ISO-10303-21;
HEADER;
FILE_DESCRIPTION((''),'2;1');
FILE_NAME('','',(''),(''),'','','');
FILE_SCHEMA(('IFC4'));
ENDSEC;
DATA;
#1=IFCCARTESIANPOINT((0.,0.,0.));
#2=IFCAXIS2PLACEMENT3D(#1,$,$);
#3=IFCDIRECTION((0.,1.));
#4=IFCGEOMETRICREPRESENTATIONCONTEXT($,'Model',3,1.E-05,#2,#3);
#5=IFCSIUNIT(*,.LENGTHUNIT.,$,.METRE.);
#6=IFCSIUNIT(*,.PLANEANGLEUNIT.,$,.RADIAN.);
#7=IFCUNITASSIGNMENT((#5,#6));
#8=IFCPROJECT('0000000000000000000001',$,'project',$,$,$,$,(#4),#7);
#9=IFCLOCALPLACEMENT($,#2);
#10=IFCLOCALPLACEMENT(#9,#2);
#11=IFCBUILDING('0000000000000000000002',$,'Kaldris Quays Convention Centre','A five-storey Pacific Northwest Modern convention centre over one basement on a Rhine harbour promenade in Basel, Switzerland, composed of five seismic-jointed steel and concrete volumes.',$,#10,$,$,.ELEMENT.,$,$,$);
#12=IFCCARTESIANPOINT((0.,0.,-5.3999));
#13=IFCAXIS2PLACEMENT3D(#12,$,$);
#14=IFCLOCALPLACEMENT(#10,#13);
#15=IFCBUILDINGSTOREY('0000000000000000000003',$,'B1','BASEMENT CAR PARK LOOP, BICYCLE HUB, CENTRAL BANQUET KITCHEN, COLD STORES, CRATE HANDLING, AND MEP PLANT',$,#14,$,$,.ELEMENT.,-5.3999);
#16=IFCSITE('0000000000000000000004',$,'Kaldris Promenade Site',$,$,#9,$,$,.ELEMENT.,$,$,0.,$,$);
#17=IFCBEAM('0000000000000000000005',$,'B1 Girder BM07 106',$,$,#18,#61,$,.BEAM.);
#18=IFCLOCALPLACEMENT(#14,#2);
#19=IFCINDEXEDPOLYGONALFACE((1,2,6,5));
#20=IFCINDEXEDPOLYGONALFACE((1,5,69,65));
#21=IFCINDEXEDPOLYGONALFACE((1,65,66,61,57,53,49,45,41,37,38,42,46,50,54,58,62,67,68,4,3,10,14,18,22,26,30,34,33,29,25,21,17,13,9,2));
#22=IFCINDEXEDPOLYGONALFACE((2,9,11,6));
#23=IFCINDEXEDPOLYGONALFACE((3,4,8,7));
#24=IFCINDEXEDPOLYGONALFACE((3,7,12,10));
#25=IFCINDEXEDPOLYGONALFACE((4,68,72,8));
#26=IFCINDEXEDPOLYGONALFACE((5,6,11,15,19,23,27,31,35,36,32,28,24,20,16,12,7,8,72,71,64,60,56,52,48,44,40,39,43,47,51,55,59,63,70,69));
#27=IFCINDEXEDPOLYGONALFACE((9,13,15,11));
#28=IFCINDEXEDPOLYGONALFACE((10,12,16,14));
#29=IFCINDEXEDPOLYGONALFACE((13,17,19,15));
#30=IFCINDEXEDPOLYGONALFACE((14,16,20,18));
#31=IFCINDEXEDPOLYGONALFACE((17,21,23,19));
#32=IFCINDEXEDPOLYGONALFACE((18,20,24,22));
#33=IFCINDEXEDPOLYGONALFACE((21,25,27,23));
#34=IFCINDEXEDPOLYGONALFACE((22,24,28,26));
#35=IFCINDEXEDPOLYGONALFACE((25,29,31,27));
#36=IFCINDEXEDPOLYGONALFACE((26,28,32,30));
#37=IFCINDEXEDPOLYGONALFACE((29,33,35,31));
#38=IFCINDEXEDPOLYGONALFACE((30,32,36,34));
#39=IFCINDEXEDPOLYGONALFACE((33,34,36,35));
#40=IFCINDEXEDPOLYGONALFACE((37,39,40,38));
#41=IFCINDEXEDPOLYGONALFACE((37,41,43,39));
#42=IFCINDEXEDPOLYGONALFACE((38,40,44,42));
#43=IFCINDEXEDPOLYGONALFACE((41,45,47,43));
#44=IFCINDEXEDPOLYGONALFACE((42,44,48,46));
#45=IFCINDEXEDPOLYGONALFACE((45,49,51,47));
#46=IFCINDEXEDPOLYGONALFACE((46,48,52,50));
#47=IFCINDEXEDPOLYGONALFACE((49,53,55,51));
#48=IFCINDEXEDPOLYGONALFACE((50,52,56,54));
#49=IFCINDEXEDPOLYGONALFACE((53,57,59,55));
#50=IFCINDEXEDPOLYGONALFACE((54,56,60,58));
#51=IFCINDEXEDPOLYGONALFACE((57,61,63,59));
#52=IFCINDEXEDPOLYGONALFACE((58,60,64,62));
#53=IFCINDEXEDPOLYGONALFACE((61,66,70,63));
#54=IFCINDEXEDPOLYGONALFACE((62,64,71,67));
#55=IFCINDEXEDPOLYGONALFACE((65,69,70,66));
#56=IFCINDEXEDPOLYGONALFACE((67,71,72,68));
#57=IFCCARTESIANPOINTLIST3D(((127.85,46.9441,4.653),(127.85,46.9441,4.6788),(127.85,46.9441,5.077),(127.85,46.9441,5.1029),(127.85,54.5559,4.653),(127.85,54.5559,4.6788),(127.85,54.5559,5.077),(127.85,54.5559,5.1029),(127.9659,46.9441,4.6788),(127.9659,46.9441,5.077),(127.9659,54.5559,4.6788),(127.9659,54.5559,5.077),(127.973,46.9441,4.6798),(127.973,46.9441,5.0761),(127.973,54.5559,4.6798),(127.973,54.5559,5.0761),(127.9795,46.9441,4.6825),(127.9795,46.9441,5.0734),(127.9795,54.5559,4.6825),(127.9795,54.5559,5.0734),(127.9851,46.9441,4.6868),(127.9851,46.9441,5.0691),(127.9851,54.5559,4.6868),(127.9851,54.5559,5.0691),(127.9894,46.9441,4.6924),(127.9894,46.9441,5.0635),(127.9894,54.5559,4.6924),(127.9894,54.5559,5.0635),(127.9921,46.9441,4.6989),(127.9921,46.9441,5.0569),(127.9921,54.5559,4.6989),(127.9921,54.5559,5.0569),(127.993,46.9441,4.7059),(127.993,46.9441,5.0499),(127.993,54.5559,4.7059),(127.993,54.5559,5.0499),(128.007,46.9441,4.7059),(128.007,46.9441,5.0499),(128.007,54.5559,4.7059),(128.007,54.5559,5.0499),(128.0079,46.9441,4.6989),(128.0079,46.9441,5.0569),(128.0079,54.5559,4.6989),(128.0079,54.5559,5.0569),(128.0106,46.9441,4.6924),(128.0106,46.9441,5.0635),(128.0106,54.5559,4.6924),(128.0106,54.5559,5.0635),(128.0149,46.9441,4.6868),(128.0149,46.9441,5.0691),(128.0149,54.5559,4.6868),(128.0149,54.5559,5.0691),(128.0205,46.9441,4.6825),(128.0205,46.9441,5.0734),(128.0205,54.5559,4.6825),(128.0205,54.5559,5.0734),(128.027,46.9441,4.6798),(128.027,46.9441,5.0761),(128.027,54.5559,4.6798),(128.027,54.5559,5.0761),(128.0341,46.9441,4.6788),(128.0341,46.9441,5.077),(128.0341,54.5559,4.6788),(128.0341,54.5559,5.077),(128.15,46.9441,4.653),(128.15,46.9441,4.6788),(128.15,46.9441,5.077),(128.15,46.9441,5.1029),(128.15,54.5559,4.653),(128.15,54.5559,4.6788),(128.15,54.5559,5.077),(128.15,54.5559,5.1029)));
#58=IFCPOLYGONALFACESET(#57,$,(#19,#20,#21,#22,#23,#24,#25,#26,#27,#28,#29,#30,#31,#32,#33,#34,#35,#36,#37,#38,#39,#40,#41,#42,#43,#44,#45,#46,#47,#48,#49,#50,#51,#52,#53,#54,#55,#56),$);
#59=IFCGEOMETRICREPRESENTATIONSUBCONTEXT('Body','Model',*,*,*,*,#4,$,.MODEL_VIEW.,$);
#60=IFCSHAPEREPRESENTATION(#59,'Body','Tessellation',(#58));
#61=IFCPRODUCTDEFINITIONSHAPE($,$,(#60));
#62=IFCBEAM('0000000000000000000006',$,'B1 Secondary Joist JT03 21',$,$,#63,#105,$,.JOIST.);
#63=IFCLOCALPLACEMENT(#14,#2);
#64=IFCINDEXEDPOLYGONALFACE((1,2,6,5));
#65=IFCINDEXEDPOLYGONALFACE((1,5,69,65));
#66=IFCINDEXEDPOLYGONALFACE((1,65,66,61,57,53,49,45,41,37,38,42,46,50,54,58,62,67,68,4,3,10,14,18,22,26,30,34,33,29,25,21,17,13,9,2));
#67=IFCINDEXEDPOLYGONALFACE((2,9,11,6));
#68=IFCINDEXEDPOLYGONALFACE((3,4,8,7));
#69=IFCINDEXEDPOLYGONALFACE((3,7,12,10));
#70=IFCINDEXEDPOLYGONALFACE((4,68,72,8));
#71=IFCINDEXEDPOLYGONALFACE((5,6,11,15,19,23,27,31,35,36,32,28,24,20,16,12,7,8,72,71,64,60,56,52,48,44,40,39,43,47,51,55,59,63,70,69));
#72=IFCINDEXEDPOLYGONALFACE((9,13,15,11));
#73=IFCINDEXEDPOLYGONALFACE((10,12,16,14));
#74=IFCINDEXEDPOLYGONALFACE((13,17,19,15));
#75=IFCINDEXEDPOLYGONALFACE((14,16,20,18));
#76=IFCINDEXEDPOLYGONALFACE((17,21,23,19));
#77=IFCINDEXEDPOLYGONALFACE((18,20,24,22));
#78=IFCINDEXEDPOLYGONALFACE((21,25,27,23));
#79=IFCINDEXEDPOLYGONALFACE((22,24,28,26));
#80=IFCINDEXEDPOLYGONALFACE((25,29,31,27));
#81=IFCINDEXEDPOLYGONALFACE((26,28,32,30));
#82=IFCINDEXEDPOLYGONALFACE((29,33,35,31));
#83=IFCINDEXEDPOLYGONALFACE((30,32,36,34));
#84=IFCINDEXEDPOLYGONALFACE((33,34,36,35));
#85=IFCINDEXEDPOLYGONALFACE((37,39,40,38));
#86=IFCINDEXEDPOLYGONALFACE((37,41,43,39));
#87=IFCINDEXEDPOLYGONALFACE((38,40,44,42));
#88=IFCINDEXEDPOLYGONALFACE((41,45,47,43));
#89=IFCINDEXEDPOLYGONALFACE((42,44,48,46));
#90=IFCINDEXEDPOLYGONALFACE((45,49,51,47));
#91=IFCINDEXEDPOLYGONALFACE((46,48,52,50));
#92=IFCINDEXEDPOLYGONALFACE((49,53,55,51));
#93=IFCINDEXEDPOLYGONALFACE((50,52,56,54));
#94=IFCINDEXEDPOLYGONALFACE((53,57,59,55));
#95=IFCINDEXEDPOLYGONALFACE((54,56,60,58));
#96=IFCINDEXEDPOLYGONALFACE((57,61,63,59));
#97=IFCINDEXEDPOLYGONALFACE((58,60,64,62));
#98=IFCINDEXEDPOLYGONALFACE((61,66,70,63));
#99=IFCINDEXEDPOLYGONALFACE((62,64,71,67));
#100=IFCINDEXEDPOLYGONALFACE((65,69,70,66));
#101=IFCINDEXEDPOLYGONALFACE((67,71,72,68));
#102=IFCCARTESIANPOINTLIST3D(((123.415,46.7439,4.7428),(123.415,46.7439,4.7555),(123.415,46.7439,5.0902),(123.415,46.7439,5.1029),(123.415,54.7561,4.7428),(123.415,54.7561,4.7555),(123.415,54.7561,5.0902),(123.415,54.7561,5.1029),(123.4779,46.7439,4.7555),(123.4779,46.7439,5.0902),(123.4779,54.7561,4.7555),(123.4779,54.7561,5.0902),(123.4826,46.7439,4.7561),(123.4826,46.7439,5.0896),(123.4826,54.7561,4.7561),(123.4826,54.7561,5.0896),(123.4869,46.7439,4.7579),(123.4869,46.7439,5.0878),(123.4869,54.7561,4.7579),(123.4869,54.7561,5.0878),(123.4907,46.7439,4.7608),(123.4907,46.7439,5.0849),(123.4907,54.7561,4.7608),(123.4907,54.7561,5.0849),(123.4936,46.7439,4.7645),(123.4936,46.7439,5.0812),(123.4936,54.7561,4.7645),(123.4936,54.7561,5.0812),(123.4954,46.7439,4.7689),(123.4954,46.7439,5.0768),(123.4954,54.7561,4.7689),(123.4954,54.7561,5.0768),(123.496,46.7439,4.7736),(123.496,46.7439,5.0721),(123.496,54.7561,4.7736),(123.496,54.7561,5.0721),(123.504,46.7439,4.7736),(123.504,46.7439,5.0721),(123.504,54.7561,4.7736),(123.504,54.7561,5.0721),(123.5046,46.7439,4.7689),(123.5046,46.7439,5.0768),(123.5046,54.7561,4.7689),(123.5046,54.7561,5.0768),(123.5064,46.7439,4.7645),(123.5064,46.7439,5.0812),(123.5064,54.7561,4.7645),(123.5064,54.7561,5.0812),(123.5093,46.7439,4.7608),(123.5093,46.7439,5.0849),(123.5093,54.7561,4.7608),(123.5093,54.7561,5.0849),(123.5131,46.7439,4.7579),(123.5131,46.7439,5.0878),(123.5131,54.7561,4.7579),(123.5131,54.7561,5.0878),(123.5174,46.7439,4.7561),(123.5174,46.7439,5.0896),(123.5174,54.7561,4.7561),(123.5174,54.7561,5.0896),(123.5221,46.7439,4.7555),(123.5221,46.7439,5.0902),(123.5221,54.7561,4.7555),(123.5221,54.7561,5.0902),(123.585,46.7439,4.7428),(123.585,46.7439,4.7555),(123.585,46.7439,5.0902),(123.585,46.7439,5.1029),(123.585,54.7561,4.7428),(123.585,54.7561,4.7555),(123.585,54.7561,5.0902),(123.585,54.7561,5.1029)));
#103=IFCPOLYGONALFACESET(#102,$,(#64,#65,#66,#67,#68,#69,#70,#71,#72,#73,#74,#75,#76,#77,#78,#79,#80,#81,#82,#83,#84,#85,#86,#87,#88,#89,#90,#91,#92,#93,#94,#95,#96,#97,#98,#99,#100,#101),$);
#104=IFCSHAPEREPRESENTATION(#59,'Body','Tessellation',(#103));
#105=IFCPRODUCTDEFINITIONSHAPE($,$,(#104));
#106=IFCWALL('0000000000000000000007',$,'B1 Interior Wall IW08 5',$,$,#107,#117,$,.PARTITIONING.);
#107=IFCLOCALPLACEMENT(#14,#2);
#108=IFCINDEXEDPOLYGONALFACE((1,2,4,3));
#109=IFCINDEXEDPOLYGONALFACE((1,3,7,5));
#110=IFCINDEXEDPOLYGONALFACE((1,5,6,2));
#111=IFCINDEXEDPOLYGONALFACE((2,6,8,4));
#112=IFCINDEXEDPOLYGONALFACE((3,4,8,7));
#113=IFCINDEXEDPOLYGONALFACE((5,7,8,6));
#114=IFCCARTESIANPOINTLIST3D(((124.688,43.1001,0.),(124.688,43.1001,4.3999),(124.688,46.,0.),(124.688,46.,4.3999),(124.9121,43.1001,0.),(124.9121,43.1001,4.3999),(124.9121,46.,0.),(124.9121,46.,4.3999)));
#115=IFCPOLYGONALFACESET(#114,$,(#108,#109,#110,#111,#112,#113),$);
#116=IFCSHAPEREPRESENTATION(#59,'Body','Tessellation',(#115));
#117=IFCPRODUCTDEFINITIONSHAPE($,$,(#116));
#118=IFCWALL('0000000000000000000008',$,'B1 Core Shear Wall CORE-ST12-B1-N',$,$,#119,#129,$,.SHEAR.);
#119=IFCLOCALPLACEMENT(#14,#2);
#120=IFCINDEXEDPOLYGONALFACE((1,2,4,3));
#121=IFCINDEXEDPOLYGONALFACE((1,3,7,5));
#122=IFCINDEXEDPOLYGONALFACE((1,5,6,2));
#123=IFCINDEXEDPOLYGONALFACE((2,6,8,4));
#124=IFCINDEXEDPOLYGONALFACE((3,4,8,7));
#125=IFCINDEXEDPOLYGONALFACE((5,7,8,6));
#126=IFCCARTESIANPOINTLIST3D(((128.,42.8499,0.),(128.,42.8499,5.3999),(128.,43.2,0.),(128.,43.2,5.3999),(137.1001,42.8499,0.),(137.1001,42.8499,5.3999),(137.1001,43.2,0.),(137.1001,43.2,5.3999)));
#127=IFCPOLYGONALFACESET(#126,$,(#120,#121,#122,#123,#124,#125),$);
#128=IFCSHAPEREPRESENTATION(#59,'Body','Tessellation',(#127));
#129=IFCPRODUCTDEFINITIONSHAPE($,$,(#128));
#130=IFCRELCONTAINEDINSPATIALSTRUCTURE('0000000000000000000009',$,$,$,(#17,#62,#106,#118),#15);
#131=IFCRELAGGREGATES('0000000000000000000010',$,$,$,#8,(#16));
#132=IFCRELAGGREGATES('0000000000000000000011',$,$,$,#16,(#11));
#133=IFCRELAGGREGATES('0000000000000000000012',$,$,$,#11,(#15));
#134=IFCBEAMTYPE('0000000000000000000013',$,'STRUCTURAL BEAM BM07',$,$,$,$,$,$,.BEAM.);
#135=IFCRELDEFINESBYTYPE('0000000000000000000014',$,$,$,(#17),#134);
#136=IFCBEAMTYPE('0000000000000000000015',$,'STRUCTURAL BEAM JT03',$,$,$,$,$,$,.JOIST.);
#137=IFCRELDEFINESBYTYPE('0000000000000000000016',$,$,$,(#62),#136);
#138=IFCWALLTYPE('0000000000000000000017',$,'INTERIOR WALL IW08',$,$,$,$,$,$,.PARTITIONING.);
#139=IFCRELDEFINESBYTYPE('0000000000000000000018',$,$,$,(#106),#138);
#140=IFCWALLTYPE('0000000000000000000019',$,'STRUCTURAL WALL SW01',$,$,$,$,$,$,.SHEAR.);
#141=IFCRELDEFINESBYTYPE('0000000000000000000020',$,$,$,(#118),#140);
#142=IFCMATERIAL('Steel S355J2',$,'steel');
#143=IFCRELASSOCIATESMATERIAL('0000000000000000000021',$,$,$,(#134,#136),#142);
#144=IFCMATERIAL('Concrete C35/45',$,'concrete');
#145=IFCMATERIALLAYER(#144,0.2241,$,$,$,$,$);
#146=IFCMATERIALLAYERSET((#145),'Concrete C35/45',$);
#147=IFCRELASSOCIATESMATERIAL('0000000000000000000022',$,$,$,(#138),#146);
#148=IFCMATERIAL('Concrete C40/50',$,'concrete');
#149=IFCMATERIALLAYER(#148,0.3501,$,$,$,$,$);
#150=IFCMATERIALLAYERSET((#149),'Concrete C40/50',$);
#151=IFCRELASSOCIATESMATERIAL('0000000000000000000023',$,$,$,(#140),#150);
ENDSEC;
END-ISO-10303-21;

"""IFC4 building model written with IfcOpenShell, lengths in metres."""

from ifc_helpers import new_model, si_unit, direction, frame, frame_2d, origin, origin_2d, place, context, subcontext, project, spatial, rectangle, i_section, extrude, material, layer, layer_set, material_profile, profile_set, type_object, element, save


model = new_model("IFC4")

# Units and contexts
model_context = context("Model", 3, precision=1e-05, world=origin(), true_north=direction((0.0, 1.0)))
body_context = subcontext(model_context, "Body", "Model", "MODEL_VIEW")
ifc_project = project(units=[si_unit("LENGTHUNIT", "METRE"), si_unit("PLANEANGLEUNIT", "RADIAN")], contexts=[model_context])

# Site, building, storey
site_placement = place(None, origin())
site = spatial("IfcSite", under=ifc_project, at=site_placement, Name="Kaldris Promenade Site", CompositionType="ELEMENT", RefElevation=0.0)
building_placement = place(site_placement, origin())
building = spatial("IfcBuilding", under=site, at=building_placement, Name="Kaldris Quays Convention Centre", Description="A five-storey Pacific Northwest Modern convention centre over one basement on a Rhine harbour promenade in Basel, Switzerland, composed of five seismic-jointed steel and concrete volumes.", CompositionType="ELEMENT")
storey_placement = place(building_placement, frame((0.0, 0.0, -5.3999)))
storey = spatial("IfcBuildingStorey", under=building, at=storey_placement, Name="B1", Description="BASEMENT CAR PARK LOOP, BICYCLE HUB, CENTRAL BANQUET KITCHEN, COLD STORES, CRATE HANDLING, AND MEP PLANT", CompositionType="ELEMENT", Elevation=-5.3999)

# Shared definitions
ifc_material_1 = material(Name="Concrete C35/45", Category="concrete")

# Shared definitions
ifc_material_2 = material(Name="Steel S355J2", Category="steel")

# Beams
ifc_material_profile_1 = material_profile(ifc_material_2, i_section(OverallWidth=0.3, OverallDepth=0.45, WebThickness=0.0139, FlangeThickness=0.0259, FilletRadius=0.0271, at=origin_2d()), Name="HEB 450")
ifc_profile_set_1 = profile_set([ifc_material_profile_1], Name="Steel S355J2")
beam_type_1 = type_object("IfcBeamType", Name="STRUCTURAL BEAM BM07", PredefinedType="BEAM", material=ifc_profile_set_1)
for number, where, z_axis, x_axis, name in (
    (1, (128.0, 46.9441, 4.8779), (0.0, 1.0, 0.0), (-1.0, 0.0, 0.0), "B1 Girder BM07 106"),
):
    element("IfcBeam", number, at=place(storey_placement, frame(where, z_axis=z_axis, x_axis=x_axis)), inside=storey, type_object=beam_type_1, Name=name, PredefinedType="BEAM", context=body_context, shape_type="SweptSolid", body=[
        extrude(i_section(OverallWidth=0.3, OverallDepth=0.45, WebThickness=0.0139, FlangeThickness=0.0259, FilletRadius=0.0271, at=origin_2d()), origin(), (0.0, 0.0, 1.0), 7.6118),
    ])
ifc_material_profile_2 = material_profile(ifc_material_2, i_section(OverallWidth=0.1699, OverallDepth=0.3601, WebThickness=0.0081, FlangeThickness=0.0127, FilletRadius=0.0181, at=origin_2d()), Name="IPE 360")
ifc_profile_set_2 = profile_set([ifc_material_profile_2], Name="Steel S355J2")
beam_type_2 = type_object("IfcBeamType", Name="STRUCTURAL BEAM JT03", PredefinedType="JOIST", material=ifc_profile_set_2)
beam_placement = place(storey_placement, frame((123.5, 46.7439, 4.9229), z_axis=(0.0, 1.0, 0.0), x_axis=(-1.0, 0.0, 0.0)))
element("IfcBeam", 2, at=beam_placement, inside=storey, type_object=beam_type_2, Name="B1 Secondary Joist JT03 21", PredefinedType="JOIST", context=body_context, shape_type="SweptSolid", body=[
    extrude(i_section(OverallWidth=0.1699, OverallDepth=0.3601, WebThickness=0.0081, FlangeThickness=0.0127, FilletRadius=0.0181, at=origin_2d()), origin(), (0.0, 0.0, 1.0), 8.0122),
])

# Walls
ifc_layer_1 = layer(ifc_material_1, 0.2241)
ifc_layer_set_1 = layer_set([ifc_layer_1], Name="Concrete C35/45")
wall_type_1 = type_object("IfcWallType", Name="INTERIOR WALL IW08", PredefinedType="PARTITIONING", material=ifc_layer_set_1)
wall_1_placement = place(storey_placement, frame((124.8, 43.1001, 0.0), z_axis=(0.0, 0.0, 1.0), x_axis=(0.0, 1.0, 0.0)))
element("IfcWall", 3, at=wall_1_placement, inside=storey, type_object=wall_type_1, Name="B1 Interior Wall IW08 5", PredefinedType="PARTITIONING", context=body_context, shape_type="SweptSolid", body=[
    extrude(rectangle(XDim=2.8999, YDim=0.2241, at=frame_2d((1.45, 0.0))), origin(), (0.0, 0.0, 1.0), 4.3999),
])
ifc_material_3 = material(Name="Concrete C40/50", Category="concrete")
ifc_layer_2 = layer(ifc_material_3, 0.3501)
ifc_layer_set_2 = layer_set([ifc_layer_2], Name="Concrete C40/50")
wall_type_2 = type_object("IfcWallType", Name="STRUCTURAL WALL SW01", PredefinedType="SHEAR", material=ifc_layer_set_2)
wall_2_placement = place(storey_placement, frame((128.0, 43.0249, 0.0), z_axis=(0.0, 0.0, 1.0), x_axis=(1.0, 0.0, 0.0)))
element("IfcWall", 4, at=wall_2_placement, inside=storey, type_object=wall_type_2, Name="B1 Core Shear Wall CORE-ST12-B1-N", PredefinedType="SHEAR", context=body_context, shape_type="SweptSolid", body=[
    extrude(rectangle(XDim=9.1001, YDim=0.3501, at=frame_2d((4.55, 0.0))), origin(), (0.0, 0.0, 1.0), 5.3999),
])

save(model, "model.ifc")
